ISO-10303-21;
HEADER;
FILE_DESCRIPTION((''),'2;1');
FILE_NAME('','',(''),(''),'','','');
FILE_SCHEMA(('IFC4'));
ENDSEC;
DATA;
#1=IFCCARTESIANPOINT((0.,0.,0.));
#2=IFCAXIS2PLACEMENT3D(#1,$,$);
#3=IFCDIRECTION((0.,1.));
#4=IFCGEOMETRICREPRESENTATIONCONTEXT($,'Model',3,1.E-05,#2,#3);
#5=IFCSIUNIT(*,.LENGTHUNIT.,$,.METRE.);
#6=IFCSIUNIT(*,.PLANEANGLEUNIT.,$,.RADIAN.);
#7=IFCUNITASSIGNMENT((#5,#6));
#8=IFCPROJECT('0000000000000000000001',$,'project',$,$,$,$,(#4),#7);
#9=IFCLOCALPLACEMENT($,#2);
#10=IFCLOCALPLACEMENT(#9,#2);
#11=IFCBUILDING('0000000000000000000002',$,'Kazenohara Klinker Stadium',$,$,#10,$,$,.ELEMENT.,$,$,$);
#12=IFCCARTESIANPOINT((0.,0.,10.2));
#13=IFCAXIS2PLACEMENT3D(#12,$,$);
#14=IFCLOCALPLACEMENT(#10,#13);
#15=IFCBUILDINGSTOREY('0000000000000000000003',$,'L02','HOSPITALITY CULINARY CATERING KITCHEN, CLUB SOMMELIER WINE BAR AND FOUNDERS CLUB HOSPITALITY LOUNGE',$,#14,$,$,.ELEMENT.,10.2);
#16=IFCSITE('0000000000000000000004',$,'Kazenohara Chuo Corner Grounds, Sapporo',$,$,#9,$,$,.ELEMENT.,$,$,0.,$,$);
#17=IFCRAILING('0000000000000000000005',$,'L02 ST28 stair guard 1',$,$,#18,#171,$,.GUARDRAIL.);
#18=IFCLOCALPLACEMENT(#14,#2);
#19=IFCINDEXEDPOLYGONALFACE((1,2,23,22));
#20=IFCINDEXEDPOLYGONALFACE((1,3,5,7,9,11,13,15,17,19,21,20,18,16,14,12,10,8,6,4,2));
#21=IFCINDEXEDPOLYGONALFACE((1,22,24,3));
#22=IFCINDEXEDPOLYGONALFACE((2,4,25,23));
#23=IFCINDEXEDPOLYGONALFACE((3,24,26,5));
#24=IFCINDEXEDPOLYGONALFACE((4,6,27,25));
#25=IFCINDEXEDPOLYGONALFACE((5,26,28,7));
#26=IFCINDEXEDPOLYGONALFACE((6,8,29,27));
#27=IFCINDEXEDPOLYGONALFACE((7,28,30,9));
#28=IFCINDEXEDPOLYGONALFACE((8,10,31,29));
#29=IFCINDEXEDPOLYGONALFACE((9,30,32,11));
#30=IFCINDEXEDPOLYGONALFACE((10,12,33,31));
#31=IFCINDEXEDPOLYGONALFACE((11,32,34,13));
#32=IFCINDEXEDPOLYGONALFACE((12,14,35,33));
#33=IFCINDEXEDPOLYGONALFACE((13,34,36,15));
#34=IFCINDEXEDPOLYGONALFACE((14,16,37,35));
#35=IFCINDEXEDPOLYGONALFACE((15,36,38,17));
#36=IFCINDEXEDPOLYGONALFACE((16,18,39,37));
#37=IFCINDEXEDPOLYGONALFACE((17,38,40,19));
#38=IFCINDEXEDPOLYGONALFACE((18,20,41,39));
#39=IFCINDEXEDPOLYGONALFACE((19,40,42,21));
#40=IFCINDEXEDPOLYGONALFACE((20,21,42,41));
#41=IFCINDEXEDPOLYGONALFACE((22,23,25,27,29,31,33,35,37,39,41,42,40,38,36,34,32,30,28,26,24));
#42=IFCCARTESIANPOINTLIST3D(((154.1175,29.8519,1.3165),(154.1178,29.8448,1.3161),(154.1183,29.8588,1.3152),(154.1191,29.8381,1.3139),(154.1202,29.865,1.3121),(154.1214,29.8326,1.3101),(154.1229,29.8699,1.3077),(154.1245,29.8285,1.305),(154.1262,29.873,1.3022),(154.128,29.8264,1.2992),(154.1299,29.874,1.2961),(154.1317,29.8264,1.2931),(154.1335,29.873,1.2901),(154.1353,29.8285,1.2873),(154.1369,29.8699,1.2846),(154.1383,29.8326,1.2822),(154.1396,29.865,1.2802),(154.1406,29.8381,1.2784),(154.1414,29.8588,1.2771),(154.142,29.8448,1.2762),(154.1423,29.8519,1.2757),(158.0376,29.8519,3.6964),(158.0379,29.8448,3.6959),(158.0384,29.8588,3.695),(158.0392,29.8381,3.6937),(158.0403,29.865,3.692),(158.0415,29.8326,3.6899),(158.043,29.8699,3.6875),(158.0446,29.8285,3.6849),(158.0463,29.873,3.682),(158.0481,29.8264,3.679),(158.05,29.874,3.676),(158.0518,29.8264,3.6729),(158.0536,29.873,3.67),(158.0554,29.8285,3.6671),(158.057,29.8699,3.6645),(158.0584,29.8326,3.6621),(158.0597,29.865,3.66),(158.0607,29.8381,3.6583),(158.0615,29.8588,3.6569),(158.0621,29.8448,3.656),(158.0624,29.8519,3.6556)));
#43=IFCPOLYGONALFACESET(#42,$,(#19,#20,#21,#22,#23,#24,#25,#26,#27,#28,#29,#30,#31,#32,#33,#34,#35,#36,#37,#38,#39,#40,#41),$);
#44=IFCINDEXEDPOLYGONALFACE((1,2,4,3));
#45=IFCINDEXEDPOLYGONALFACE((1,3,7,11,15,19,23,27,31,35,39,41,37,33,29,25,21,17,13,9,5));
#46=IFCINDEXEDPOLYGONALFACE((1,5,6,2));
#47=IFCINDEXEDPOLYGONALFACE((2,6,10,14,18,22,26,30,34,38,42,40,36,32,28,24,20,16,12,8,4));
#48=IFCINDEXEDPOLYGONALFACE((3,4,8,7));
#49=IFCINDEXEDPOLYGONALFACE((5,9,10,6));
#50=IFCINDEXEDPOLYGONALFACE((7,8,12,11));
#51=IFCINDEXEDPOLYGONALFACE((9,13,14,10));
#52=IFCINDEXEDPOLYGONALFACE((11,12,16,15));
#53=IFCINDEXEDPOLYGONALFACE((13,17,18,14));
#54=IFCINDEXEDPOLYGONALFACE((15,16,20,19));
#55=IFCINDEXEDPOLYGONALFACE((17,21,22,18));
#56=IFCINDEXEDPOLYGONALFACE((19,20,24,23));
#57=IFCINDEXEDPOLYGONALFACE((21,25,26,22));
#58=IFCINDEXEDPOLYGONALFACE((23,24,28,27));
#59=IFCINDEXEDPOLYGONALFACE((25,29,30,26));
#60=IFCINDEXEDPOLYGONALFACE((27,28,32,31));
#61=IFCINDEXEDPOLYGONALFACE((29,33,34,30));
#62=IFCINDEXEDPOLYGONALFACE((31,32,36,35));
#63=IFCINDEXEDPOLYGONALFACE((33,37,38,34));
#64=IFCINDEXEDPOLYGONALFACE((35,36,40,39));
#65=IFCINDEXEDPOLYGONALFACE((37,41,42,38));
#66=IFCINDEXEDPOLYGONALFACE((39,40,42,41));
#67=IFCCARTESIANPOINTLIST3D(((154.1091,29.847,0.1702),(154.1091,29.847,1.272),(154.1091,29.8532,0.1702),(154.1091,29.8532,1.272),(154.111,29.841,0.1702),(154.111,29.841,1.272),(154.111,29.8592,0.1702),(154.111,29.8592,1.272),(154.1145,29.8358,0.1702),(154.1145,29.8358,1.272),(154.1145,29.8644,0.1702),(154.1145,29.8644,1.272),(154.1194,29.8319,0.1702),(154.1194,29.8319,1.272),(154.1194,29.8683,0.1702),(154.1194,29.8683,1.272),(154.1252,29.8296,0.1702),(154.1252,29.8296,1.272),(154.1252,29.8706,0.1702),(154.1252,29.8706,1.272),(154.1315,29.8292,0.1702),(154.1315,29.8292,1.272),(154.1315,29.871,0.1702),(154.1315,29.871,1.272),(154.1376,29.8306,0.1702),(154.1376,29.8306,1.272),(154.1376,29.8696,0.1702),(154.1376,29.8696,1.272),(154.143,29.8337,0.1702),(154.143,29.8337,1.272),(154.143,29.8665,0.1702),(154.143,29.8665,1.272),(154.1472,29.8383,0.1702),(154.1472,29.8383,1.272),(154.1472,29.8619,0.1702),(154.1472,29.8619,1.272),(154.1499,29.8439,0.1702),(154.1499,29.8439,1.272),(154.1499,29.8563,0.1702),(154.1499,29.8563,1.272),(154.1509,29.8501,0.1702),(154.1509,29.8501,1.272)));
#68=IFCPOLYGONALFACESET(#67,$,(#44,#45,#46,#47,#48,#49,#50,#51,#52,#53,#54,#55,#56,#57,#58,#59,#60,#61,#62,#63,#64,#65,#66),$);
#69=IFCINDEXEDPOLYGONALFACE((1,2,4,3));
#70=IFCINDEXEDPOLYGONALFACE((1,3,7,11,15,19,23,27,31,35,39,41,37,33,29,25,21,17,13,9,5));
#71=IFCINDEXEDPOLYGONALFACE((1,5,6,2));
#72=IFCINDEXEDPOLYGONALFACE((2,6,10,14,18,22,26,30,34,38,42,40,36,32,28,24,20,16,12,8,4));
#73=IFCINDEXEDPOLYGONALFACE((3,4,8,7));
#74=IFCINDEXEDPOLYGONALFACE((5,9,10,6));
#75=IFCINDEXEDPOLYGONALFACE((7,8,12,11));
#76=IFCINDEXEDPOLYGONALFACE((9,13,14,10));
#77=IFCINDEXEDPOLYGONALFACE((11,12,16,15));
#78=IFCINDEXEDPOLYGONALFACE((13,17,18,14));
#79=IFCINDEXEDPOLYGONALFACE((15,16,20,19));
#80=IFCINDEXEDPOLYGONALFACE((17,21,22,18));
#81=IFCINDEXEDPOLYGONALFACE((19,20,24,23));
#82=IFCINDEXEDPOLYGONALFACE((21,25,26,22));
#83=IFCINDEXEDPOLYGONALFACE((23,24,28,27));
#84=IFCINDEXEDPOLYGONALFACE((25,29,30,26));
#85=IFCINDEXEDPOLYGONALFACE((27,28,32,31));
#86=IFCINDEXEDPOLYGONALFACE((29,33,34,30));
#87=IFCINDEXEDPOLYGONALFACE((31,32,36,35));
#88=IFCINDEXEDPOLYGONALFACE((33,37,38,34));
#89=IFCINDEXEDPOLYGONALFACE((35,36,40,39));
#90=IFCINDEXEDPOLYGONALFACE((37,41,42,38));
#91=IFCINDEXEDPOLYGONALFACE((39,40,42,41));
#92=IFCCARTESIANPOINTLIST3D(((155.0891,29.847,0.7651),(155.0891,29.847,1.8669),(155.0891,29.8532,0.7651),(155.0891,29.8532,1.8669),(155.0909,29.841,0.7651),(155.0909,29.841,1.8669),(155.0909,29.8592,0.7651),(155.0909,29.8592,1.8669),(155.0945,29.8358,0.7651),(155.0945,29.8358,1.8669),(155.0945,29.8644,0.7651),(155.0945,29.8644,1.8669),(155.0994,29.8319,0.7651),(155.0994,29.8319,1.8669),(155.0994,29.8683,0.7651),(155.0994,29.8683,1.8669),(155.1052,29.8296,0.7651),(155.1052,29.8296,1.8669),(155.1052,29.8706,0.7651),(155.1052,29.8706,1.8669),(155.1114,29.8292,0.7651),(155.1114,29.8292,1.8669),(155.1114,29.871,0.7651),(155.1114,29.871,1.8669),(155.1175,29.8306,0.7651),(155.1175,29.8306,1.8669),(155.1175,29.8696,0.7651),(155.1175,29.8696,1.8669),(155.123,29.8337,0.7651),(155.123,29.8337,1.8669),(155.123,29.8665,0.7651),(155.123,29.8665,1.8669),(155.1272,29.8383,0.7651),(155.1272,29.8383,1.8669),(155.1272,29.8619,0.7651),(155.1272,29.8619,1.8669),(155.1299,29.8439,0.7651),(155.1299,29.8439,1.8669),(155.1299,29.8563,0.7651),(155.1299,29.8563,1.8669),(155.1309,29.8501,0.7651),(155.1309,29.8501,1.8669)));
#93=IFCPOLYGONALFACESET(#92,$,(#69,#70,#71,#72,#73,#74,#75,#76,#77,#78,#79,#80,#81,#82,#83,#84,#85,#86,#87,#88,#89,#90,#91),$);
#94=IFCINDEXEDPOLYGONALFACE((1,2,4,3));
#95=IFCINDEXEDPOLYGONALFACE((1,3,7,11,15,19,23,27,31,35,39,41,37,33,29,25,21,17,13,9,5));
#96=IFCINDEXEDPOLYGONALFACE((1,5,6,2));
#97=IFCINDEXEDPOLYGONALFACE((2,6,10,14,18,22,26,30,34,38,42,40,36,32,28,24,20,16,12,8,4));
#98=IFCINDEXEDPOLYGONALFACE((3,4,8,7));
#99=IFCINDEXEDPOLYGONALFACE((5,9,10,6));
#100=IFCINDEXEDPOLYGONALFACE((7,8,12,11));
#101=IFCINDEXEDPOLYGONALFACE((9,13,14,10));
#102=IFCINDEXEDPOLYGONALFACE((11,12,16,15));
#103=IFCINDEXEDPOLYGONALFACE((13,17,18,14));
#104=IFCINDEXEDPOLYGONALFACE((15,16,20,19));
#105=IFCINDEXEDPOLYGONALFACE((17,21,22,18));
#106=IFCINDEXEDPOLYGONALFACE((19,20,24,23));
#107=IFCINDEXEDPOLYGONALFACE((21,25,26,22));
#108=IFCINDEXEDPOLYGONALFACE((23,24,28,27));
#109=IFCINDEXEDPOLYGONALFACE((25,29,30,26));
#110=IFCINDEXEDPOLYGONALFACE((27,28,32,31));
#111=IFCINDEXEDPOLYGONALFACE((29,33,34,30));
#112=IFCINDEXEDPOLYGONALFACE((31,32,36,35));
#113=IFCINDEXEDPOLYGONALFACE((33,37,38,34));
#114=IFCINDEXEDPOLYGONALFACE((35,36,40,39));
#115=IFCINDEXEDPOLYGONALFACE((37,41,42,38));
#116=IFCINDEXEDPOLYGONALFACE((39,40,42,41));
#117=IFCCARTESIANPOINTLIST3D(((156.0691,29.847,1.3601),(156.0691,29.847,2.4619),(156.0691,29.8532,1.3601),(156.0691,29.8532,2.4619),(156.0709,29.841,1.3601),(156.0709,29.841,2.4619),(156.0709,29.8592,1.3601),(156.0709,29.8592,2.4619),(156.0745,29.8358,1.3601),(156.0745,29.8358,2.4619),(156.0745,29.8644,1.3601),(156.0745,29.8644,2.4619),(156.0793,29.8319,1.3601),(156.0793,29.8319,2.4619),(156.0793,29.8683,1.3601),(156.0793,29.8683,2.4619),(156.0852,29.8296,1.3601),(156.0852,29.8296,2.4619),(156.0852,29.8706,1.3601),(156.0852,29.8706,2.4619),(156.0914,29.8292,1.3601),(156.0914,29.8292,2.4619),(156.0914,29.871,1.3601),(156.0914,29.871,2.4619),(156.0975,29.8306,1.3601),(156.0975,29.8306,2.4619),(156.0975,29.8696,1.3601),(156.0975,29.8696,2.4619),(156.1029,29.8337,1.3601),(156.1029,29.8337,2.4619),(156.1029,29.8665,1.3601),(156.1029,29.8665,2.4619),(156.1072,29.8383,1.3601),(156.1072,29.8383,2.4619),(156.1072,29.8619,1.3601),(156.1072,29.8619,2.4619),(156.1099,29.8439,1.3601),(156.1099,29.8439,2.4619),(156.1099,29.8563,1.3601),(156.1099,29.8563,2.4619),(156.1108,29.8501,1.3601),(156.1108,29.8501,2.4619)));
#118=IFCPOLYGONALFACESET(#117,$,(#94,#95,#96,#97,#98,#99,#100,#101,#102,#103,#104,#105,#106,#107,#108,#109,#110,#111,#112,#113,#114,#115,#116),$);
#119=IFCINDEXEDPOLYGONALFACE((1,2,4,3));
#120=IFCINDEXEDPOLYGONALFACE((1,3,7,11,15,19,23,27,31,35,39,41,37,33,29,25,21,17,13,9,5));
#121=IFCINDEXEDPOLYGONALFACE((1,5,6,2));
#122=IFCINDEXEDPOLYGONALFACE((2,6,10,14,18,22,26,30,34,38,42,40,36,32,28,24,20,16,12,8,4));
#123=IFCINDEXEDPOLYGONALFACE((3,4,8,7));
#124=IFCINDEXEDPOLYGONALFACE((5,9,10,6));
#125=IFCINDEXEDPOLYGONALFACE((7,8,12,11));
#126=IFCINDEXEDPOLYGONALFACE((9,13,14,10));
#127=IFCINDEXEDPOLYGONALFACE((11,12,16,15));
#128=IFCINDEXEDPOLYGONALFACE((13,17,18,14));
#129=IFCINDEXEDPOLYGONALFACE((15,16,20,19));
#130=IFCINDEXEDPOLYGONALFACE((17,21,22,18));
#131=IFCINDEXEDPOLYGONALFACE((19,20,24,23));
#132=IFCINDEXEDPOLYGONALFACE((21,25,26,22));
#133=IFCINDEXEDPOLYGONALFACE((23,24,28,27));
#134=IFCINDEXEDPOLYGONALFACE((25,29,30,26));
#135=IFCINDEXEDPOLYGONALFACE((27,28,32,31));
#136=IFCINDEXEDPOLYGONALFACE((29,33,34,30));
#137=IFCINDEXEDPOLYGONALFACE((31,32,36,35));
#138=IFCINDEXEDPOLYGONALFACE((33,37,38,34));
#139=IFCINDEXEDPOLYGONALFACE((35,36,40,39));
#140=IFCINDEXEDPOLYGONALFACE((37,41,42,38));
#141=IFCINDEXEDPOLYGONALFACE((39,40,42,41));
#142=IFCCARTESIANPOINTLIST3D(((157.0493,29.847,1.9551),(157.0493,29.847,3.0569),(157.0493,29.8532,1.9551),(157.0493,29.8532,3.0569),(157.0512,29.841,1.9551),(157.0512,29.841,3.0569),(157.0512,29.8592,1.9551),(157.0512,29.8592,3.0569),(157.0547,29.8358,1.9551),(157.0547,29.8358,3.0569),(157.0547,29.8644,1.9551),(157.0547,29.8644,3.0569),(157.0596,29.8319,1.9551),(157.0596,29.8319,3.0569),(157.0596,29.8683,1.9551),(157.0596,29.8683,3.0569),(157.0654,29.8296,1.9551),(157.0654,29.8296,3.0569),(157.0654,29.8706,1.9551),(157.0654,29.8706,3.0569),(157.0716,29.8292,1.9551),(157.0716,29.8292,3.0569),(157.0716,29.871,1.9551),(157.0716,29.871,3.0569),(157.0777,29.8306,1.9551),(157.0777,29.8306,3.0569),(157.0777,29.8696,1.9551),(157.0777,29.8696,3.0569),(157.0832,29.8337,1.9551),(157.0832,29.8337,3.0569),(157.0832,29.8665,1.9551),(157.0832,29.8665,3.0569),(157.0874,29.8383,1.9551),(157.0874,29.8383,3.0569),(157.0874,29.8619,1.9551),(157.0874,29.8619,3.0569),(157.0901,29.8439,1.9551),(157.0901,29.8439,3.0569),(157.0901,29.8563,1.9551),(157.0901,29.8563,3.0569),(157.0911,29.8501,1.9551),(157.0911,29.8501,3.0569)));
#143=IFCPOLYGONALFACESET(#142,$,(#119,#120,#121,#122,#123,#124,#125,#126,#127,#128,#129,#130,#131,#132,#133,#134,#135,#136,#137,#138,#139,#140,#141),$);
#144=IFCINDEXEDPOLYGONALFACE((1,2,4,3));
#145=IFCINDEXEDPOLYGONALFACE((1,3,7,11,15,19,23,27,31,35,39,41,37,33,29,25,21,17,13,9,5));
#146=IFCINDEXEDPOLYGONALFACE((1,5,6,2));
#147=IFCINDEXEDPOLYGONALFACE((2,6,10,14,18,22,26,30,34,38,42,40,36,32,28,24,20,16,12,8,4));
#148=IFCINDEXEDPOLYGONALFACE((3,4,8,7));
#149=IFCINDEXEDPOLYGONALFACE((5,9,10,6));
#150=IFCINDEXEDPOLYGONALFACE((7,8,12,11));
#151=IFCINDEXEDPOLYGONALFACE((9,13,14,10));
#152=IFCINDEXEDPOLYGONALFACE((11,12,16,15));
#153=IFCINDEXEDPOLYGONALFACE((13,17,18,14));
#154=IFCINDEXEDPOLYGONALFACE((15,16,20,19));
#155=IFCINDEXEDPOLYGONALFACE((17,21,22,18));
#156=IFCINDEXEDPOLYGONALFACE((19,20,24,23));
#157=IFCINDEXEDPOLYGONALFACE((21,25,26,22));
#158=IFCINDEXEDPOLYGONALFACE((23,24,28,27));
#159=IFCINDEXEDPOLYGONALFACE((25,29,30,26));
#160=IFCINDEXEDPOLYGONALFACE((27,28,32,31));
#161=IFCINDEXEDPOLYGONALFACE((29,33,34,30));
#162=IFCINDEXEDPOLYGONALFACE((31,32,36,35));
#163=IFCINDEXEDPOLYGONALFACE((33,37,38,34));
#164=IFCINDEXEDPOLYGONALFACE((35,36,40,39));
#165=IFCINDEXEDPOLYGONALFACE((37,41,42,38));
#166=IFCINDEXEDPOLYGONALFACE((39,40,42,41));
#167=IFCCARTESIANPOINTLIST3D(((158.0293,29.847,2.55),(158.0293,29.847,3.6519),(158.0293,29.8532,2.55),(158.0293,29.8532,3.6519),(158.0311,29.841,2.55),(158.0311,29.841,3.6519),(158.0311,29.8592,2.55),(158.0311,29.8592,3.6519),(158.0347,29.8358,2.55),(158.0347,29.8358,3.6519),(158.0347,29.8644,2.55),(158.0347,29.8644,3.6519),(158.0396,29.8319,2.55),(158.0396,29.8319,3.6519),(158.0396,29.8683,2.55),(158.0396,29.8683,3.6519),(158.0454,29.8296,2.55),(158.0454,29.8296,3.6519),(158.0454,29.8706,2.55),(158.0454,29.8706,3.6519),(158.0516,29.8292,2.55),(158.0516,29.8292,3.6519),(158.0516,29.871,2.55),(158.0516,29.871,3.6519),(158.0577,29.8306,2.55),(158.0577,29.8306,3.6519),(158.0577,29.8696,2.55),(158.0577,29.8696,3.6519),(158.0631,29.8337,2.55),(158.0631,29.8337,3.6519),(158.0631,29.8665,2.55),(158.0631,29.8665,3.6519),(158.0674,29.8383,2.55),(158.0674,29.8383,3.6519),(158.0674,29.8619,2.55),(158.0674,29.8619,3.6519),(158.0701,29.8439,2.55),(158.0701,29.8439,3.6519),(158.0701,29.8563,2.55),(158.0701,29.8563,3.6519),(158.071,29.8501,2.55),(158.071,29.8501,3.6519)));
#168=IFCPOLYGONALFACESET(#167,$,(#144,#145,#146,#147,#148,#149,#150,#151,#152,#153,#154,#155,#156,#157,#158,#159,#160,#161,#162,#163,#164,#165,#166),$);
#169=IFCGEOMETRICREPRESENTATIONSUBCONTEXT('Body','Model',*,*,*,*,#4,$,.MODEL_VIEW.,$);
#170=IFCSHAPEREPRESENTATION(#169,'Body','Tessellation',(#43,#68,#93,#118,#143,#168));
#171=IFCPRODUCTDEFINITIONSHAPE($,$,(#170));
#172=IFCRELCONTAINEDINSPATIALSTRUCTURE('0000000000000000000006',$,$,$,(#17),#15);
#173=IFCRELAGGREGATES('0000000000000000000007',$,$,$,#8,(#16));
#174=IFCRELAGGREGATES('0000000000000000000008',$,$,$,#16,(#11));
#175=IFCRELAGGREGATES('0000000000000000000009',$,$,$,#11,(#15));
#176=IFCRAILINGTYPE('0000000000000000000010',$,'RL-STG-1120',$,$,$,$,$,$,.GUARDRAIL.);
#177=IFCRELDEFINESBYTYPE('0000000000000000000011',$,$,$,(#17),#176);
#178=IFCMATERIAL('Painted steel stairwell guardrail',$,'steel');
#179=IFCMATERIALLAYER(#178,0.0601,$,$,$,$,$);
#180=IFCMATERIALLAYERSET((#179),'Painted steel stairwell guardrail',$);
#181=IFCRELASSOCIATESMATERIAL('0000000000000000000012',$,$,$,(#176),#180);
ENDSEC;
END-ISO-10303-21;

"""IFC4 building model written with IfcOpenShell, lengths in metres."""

from ifc_helpers import new_model, si_unit, direction, frame, origin, origin_2d, place, context, subcontext, project, spatial, circle, extrude, material, layer, layer_set, type_object, element, save


model = new_model("IFC4")

# Units and contexts
model_context = context("Model", 3, precision=1e-05, world=origin(), true_north=direction((0.0, 1.0)))
body_context = subcontext(model_context, "Body", "Model", "MODEL_VIEW")
ifc_project = project(units=[si_unit("LENGTHUNIT", "METRE"), si_unit("PLANEANGLEUNIT", "RADIAN")], contexts=[model_context])

# Site, building, storey
site_placement = place(None, origin())
site = spatial("IfcSite", under=ifc_project, at=site_placement, Name="Kazenohara Chuo Corner Grounds, Sapporo", CompositionType="ELEMENT", RefElevation=0.0)
building_placement = place(site_placement, origin())
building = spatial("IfcBuilding", under=site, at=building_placement, Name="Kazenohara Klinker Stadium", CompositionType="ELEMENT")
storey_placement = place(building_placement, frame((0.0, 0.0, 10.2)))
storey = spatial("IfcBuildingStorey", under=building, at=storey_placement, Name="L02", Description="HOSPITALITY CULINARY CATERING KITCHEN, CLUB SOMMELIER WINE BAR AND FOUNDERS CLUB HOSPITALITY LOUNGE", CompositionType="ELEMENT", Elevation=10.2)

# Railing
ifc_material_1 = material(Name="Painted steel stairwell guardrail", Category="steel")
ifc_layer_1 = layer(ifc_material_1, 0.0601)
ifc_layer_set_1 = layer_set([ifc_layer_1], Name="Painted steel stairwell guardrail")
railing_type_1 = type_object("IfcRailingType", Name="RL-STG-1120", PredefinedType="GUARDRAIL", material=ifc_layer_set_1)
railing_1_placement = place(storey_placement, frame((154.1299, 29.8501, 0.1702)))
element("IfcRailing", 1, at=railing_1_placement, inside=storey, type_object=railing_type_1, Name="L02 ST28 stair guard 1", PredefinedType="GUARDRAIL", context=body_context, shape_type="SweptSolid", body=[
    extrude(circle(Radius=0.0239, at=origin_2d()), frame((0.0, 0.0, 1.126), z_axis=(0.854809, 0.0, 0.518943), x_axis=(0.0, 1.0, 0.0)), (0.0, 0.0, 1.0), 4.5859),
    extrude(circle(Radius=0.021, at=origin_2d()), origin(), (0.0, 0.0, 1.0), 1.1018),
    extrude(circle(Radius=0.021, at=origin_2d()), frame((0.98, 0.0, 0.595)), (0.0, 0.0, 1.0), 1.1018),
    extrude(circle(Radius=0.021, at=origin_2d()), frame((1.96, 0.0, 1.1899)), (0.0, 0.0, 1.0), 1.1018),
    extrude(circle(Radius=0.021, at=origin_2d()), frame((2.9402, 0.0, 1.7849)), (0.0, 0.0, 1.0), 1.1018),
    extrude(circle(Radius=0.021, at=origin_2d()), frame((3.9202, 0.0, 2.3799)), (0.0, 0.0, 1.0), 1.1018),
])

save(model, "model.ifc")
